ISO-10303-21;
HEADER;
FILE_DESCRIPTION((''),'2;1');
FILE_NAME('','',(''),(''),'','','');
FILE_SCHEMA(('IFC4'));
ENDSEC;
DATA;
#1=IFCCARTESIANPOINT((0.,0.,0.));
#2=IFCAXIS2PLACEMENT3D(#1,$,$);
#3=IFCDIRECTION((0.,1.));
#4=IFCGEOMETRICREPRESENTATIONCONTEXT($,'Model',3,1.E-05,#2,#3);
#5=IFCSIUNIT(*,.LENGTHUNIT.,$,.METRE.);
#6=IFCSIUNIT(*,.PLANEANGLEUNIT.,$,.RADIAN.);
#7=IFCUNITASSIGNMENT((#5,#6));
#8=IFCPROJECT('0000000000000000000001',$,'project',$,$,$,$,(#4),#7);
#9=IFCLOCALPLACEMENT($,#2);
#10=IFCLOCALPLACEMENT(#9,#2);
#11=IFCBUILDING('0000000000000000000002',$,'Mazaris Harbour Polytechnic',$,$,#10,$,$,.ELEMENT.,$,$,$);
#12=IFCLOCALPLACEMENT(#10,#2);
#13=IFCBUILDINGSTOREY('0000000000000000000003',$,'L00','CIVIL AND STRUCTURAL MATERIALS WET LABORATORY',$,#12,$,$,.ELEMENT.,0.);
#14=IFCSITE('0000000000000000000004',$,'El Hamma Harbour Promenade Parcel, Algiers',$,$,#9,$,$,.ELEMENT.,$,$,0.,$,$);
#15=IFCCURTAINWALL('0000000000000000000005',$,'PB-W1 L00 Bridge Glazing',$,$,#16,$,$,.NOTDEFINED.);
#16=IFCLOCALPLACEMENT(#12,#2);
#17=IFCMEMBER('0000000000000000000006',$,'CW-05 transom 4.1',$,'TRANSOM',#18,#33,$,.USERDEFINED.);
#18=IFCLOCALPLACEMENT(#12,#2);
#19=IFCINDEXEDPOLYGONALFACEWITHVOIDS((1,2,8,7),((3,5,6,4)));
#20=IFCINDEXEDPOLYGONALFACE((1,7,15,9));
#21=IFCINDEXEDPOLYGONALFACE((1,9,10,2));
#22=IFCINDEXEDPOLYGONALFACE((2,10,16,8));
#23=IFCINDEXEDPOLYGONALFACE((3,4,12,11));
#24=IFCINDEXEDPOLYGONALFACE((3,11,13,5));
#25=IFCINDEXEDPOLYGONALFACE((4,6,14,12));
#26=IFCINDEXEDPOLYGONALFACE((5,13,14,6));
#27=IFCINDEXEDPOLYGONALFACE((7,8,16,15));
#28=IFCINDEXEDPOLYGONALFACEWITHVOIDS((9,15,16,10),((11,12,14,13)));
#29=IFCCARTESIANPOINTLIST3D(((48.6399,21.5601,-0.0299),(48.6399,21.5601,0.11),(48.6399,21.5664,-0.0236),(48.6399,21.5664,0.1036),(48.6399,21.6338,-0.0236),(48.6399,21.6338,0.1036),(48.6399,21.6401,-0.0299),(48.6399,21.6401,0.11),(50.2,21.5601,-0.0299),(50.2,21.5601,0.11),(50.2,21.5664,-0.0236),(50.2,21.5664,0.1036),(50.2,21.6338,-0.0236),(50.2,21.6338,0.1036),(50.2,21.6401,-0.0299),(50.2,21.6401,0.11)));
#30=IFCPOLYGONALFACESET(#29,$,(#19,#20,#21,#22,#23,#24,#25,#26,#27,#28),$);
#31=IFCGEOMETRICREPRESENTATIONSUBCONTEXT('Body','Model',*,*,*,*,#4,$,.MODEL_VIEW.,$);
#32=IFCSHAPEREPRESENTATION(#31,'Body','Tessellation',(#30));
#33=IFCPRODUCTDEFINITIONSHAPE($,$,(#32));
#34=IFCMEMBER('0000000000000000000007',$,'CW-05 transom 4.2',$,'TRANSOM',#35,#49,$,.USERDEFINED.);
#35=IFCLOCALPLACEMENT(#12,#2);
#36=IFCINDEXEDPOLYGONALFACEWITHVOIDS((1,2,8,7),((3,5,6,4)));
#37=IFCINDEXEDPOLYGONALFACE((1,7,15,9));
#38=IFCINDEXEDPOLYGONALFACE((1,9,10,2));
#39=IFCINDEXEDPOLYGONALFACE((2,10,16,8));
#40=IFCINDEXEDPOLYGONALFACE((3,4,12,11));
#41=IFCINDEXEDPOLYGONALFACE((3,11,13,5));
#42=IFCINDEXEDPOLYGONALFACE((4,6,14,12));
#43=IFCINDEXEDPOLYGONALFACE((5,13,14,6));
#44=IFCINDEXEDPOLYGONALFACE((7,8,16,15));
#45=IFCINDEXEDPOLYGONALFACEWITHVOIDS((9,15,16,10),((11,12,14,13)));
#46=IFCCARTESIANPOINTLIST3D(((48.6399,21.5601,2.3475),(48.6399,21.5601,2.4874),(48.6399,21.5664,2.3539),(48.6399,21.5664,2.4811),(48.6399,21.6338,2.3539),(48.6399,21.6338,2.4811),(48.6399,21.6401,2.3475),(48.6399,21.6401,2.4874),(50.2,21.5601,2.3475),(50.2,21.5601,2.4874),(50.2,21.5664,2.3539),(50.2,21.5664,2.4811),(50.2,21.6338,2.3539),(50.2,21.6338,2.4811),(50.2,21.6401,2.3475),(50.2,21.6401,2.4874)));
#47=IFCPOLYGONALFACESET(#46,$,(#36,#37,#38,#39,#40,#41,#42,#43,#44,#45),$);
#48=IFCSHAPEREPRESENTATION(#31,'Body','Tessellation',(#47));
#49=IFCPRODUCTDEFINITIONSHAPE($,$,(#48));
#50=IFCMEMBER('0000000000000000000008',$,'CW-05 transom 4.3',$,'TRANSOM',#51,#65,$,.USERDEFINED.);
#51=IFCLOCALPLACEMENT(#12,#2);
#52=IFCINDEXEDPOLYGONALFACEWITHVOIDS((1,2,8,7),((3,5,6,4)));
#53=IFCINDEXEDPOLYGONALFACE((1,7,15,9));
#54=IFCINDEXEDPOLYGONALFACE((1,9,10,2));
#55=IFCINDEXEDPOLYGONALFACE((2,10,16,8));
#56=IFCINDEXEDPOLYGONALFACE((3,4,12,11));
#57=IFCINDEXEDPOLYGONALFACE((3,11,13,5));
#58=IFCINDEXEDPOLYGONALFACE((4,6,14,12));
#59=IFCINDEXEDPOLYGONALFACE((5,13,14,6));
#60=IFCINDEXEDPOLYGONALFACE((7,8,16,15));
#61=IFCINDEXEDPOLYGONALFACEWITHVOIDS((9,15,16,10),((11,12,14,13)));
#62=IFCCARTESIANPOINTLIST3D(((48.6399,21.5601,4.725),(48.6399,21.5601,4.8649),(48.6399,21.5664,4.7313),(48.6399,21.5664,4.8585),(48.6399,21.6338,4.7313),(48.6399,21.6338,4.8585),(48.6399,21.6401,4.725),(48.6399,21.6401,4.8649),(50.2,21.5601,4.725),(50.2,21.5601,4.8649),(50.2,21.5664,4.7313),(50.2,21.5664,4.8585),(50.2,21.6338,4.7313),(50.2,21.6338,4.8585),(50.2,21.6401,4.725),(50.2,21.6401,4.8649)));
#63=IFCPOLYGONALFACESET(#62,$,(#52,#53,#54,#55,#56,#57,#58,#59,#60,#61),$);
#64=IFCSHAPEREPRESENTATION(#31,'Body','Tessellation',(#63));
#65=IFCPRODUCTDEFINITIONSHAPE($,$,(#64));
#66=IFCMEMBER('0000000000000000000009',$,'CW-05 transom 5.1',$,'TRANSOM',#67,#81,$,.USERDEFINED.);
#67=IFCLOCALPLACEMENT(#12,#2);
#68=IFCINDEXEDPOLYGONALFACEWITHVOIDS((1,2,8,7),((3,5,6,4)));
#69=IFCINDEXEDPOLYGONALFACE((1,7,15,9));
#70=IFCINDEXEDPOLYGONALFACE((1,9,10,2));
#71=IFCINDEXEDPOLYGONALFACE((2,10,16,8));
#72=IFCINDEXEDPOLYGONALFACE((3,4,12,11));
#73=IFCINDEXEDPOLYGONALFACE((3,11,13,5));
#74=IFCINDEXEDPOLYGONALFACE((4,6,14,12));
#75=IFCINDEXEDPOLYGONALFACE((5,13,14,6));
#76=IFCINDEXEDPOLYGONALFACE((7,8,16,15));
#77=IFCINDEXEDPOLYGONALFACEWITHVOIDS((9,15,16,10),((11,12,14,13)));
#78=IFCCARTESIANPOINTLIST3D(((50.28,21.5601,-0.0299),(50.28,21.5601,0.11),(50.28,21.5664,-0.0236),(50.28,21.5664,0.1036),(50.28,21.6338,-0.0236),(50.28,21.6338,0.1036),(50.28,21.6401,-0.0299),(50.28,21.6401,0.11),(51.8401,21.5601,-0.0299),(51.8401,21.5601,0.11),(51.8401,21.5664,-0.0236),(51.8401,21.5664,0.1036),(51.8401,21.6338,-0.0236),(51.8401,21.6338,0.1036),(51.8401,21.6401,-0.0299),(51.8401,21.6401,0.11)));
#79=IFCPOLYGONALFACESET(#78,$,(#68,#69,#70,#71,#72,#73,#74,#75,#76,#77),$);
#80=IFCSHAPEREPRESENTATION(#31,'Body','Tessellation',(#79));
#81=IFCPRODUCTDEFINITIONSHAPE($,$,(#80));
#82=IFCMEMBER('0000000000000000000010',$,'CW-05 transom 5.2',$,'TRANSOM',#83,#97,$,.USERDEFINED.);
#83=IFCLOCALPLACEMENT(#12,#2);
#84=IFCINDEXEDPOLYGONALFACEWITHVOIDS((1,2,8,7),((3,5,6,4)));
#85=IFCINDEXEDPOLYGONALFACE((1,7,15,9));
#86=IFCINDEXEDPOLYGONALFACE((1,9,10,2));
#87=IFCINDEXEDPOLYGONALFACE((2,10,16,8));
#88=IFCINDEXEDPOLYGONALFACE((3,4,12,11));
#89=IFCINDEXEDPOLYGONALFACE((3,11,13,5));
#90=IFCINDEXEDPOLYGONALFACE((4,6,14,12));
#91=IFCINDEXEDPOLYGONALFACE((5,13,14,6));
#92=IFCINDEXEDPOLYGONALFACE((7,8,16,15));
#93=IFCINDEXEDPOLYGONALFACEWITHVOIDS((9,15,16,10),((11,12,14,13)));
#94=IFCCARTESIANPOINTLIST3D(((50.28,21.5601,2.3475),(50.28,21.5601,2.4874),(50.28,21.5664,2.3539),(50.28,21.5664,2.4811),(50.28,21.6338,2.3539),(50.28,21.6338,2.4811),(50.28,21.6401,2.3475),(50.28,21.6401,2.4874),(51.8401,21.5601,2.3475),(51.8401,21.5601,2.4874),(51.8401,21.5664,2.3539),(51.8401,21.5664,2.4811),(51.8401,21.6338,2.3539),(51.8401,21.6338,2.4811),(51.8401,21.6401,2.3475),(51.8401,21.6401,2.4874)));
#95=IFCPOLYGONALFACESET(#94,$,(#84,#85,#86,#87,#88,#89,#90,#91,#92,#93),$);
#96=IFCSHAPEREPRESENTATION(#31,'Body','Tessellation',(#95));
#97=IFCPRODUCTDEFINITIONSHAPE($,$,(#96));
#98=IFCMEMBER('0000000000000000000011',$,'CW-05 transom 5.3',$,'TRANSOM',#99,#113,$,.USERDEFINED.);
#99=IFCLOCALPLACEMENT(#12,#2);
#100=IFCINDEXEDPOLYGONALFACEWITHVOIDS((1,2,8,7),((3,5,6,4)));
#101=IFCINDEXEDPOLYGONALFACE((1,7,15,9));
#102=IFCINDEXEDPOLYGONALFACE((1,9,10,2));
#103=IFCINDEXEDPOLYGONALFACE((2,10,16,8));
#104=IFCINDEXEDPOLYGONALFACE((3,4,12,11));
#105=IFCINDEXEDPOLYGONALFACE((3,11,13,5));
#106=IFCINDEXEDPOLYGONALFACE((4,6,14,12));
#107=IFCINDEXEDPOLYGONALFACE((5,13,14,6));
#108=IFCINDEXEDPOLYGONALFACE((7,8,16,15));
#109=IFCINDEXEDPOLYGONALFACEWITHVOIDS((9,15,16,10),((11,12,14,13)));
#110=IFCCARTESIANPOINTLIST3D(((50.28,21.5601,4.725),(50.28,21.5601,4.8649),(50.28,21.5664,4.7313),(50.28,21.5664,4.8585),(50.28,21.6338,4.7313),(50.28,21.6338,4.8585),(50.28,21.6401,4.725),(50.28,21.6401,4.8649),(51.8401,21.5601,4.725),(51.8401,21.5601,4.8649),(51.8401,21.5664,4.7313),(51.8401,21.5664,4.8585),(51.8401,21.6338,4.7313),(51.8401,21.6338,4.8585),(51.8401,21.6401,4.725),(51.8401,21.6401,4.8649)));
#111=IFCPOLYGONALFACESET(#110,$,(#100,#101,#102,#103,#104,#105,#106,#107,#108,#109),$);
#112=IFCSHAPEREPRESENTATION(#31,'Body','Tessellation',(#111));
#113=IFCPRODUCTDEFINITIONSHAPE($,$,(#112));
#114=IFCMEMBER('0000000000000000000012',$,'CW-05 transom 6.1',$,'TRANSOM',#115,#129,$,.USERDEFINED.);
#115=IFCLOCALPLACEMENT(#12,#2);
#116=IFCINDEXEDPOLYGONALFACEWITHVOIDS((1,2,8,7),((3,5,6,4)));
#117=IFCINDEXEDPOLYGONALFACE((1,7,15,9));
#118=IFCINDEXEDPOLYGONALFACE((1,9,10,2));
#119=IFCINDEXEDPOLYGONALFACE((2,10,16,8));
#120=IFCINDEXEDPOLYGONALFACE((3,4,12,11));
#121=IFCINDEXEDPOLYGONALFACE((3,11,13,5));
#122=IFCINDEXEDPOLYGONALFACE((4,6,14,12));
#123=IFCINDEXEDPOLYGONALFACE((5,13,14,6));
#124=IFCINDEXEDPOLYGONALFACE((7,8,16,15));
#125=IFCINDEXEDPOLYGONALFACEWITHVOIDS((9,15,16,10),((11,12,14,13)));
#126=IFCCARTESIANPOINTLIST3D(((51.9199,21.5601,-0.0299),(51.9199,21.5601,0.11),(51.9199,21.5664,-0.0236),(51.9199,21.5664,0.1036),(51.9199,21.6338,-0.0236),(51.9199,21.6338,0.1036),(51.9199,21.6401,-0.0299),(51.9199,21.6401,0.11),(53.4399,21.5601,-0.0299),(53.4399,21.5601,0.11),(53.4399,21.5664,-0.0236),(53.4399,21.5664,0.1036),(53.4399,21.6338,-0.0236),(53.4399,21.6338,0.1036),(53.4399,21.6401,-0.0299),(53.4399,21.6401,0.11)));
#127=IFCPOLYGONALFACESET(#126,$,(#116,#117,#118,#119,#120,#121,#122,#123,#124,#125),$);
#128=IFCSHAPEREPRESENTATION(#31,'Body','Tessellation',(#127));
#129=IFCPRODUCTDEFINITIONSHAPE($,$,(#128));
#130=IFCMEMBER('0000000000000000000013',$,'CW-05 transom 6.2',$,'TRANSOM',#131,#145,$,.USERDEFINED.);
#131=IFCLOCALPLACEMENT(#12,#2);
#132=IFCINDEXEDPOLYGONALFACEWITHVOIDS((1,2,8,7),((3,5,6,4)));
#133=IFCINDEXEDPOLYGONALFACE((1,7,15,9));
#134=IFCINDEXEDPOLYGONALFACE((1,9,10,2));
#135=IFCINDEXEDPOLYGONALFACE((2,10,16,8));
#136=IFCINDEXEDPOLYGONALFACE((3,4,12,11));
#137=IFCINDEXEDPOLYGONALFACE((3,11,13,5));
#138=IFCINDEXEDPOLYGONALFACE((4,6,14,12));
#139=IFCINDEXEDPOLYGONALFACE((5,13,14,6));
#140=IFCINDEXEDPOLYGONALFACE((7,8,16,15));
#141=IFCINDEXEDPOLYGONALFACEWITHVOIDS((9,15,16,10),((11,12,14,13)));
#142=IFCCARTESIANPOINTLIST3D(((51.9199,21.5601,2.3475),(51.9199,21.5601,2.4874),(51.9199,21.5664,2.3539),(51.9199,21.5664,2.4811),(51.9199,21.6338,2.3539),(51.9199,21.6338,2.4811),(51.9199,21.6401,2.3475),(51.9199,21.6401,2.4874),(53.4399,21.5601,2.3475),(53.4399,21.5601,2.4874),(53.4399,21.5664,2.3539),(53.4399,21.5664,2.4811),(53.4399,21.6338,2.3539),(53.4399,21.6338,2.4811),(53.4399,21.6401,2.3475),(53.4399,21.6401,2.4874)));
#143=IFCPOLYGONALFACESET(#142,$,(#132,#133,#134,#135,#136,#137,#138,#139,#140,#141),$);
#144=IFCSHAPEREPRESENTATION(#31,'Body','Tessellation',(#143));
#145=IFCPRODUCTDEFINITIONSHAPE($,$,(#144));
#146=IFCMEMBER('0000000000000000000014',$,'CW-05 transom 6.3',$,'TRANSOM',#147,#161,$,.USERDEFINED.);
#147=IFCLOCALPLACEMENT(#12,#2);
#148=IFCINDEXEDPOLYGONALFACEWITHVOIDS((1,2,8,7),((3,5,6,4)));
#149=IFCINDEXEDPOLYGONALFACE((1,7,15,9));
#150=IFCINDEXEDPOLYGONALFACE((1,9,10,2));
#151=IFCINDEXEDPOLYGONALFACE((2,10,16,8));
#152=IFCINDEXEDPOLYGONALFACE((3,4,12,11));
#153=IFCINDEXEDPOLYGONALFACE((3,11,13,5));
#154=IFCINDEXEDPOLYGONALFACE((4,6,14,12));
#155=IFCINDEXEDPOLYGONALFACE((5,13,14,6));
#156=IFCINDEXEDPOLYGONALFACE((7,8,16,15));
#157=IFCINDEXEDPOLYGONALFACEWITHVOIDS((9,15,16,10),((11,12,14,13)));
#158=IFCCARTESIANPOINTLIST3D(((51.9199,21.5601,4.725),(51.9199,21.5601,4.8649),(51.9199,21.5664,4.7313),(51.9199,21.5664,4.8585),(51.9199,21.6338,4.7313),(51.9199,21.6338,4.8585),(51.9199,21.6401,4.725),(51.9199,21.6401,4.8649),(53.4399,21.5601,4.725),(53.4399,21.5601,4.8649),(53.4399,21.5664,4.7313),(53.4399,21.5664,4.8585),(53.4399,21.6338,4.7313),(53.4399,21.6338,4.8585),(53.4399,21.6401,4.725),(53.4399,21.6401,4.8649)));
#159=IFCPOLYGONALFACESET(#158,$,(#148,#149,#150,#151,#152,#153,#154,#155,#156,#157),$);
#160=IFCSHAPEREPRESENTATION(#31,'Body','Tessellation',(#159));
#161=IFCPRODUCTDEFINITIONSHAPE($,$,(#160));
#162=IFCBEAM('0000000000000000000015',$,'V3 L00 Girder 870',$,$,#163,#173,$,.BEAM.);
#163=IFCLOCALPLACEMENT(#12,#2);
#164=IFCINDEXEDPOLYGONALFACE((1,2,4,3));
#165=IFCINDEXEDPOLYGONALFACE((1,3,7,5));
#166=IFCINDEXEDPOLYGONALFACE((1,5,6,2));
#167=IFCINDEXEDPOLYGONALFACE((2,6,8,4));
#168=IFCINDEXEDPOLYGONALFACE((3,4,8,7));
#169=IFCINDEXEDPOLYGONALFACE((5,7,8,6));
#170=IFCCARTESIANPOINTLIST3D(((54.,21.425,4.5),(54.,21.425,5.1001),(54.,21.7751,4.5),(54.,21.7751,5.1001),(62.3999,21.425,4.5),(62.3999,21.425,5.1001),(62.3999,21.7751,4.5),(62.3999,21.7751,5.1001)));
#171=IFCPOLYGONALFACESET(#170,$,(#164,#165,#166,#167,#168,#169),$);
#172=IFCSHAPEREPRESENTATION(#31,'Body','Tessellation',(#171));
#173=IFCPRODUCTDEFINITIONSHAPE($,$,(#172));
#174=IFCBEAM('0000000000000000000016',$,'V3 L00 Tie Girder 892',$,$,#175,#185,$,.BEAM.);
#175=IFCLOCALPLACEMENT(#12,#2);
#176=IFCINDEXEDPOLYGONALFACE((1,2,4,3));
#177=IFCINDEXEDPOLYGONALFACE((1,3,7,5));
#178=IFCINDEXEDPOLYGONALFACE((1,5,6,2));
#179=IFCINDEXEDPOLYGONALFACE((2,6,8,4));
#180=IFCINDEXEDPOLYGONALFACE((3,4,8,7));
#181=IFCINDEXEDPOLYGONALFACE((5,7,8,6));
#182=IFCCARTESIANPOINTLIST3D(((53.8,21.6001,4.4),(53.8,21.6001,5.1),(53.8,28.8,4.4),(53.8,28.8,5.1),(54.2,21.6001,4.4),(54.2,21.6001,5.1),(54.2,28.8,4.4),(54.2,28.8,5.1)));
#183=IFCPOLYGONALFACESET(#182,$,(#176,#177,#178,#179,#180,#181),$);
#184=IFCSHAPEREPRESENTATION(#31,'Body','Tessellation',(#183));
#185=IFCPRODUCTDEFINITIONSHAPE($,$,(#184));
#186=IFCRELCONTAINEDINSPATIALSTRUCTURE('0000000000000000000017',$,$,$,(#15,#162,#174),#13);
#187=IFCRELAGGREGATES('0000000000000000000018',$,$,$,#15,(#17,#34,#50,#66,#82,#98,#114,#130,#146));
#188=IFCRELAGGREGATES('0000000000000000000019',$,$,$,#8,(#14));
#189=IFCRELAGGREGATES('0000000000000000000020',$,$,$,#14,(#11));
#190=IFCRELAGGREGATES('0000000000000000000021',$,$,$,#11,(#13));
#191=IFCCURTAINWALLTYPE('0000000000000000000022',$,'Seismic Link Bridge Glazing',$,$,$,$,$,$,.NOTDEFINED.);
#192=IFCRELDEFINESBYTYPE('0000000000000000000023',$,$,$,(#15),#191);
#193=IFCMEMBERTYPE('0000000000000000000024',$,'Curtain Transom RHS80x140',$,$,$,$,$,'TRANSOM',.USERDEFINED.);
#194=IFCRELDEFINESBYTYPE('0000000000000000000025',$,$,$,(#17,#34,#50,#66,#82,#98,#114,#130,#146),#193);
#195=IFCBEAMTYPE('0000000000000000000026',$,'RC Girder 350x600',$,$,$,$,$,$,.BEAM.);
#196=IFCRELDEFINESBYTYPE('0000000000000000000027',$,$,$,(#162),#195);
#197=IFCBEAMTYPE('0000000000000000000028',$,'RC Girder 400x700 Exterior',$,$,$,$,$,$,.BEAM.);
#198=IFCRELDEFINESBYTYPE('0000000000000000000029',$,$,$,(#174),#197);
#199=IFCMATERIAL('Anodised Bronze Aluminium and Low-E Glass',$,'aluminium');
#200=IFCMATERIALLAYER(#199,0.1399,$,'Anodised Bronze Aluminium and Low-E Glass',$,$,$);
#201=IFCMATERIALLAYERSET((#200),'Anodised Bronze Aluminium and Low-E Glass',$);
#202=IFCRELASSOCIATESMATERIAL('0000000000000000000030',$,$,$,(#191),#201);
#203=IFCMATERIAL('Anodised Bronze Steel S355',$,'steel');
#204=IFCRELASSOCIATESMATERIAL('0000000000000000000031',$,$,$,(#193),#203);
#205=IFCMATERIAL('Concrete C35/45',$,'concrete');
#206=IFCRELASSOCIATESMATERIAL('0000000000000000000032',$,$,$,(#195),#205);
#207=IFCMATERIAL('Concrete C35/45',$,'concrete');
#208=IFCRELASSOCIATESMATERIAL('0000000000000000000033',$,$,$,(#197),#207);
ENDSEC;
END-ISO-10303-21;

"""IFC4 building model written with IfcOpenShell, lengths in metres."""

from ifc_helpers import new_model, si_unit, direction, frame, origin, origin_2d, place, context, subcontext, project, spatial, rectangle, hollow_rectangle, extrude, material, layer, layer_set, material_profile, profile_set, type_object, element, aggregate, save


model = new_model("IFC4")

# Units and contexts
model_context = context("Model", 3, precision=1e-05, world=origin(), true_north=direction((0.0, 1.0)))
body_context = subcontext(model_context, "Body", "Model", "MODEL_VIEW")
ifc_project = project(units=[si_unit("LENGTHUNIT", "METRE"), si_unit("PLANEANGLEUNIT", "RADIAN")], contexts=[model_context])

# Site, building, storey
site_placement = place(None, origin())
site = spatial("IfcSite", under=ifc_project, at=site_placement, Name="El Hamma Harbour Promenade Parcel, Algiers", CompositionType="ELEMENT", RefElevation=0.0)
building_placement = place(site_placement, origin())
building = spatial("IfcBuilding", under=site, at=building_placement, Name="Mazaris Harbour Polytechnic", CompositionType="ELEMENT")
storey_placement = place(building_placement, origin())
storey = spatial("IfcBuildingStorey", under=building, at=storey_placement, Name="L00", Description="CIVIL AND STRUCTURAL MATERIALS WET LABORATORY", CompositionType="ELEMENT", Elevation=0.0)

# Curtain wall, members
ifc_material_1 = material(Name="Anodised Bronze Aluminium and Low-E Glass", Category="aluminium")
ifc_layer_1 = layer(ifc_material_1, 0.1399, Name="Anodised Bronze Aluminium and Low-E Glass")
ifc_layer_set_1 = layer_set([ifc_layer_1], Name="Anodised Bronze Aluminium and Low-E Glass")
curtain_wall_type = type_object("IfcCurtainWallType", Name="Seismic Link Bridge Glazing", PredefinedType="NOTDEFINED", material=ifc_layer_set_1)
curtain_wall_placement = place(storey_placement, origin())
curtain_wall = element("IfcCurtainWall", 1, at=curtain_wall_placement, inside=storey, type_object=curtain_wall_type, Name="PB-W1 L00 Bridge Glazing", PredefinedType="NOTDEFINED")
ifc_material_2 = material(Name="Anodised Bronze Steel S355", Category="steel")
ifc_material_profile_1 = material_profile(ifc_material_2, hollow_rectangle(XDim=0.0801, YDim=0.1399, WallThickness=0.0063, at=origin_2d()), Name="RHS 80x140x6.3")
ifc_profile_set_1 = profile_set([ifc_material_profile_1], Name="Anodised Bronze Steel S355")
member_type_1 = type_object("IfcMemberType", Name="Curtain Transom RHS80x140", ElementType="TRANSOM", PredefinedType="USERDEFINED", material=ifc_profile_set_1)
member_1_placement = place(storey_placement, frame((48.6399, 21.6001, 0.04), z_axis=(1.0, 0.0, 0.0), x_axis=(0.0, 1.0, 0.0)))
member_1 = element("IfcMember", 2, at=member_1_placement, type_object=member_type_1, Name="CW-05 transom 4.1", ObjectType="TRANSOM", PredefinedType="USERDEFINED", context=body_context, shape_type="SweptSolid", body=[
    extrude(hollow_rectangle(XDim=0.0801, YDim=0.1399, WallThickness=0.0063, at=origin_2d()), origin(), (0.0, 0.0, 1.0), 1.5601),
])
member_2_placement = place(storey_placement, frame((48.6399, 21.6001, 2.4175), z_axis=(1.0, 0.0, 0.0), x_axis=(0.0, 1.0, 0.0)))
member_2 = element("IfcMember", 3, at=member_2_placement, type_object=member_type_1, Name="CW-05 transom 4.2", ObjectType="TRANSOM", PredefinedType="USERDEFINED", context=body_context, shape_type="SweptSolid", body=[
    extrude(hollow_rectangle(XDim=0.0801, YDim=0.1399, WallThickness=0.0063, at=origin_2d()), origin(), (0.0, 0.0, 1.0), 1.5601),
])
member_3_placement = place(storey_placement, frame((48.6399, 21.6001, 4.7949), z_axis=(1.0, 0.0, 0.0), x_axis=(0.0, 1.0, 0.0)))
member_3 = element("IfcMember", 4, at=member_3_placement, type_object=member_type_1, Name="CW-05 transom 4.3", ObjectType="TRANSOM", PredefinedType="USERDEFINED", context=body_context, shape_type="SweptSolid", body=[
    extrude(hollow_rectangle(XDim=0.0801, YDim=0.1399, WallThickness=0.0063, at=origin_2d()), origin(), (0.0, 0.0, 1.0), 1.5601),
])
member_4_placement = place(storey_placement, frame((50.28, 21.6001, 0.04), z_axis=(1.0, 0.0, 0.0), x_axis=(0.0, 1.0, 0.0)))
member_4 = element("IfcMember", 5, at=member_4_placement, type_object=member_type_1, Name="CW-05 transom 5.1", ObjectType="TRANSOM", PredefinedType="USERDEFINED", context=body_context, shape_type="SweptSolid", body=[
    extrude(hollow_rectangle(XDim=0.0801, YDim=0.1399, WallThickness=0.0063, at=origin_2d()), origin(), (0.0, 0.0, 1.0), 1.5601),
])
member_5_placement = place(storey_placement, frame((50.28, 21.6001, 2.4175), z_axis=(1.0, 0.0, 0.0), x_axis=(0.0, 1.0, 0.0)))
member_5 = element("IfcMember", 6, at=member_5_placement, type_object=member_type_1, Name="CW-05 transom 5.2", ObjectType="TRANSOM", PredefinedType="USERDEFINED", context=body_context, shape_type="SweptSolid", body=[
    extrude(hollow_rectangle(XDim=0.0801, YDim=0.1399, WallThickness=0.0063, at=origin_2d()), origin(), (0.0, 0.0, 1.0), 1.5601),
])
member_6_placement = place(storey_placement, frame((50.28, 21.6001, 4.7949), z_axis=(1.0, 0.0, 0.0), x_axis=(0.0, 1.0, 0.0)))
member_6 = element("IfcMember", 7, at=member_6_placement, type_object=member_type_1, Name="CW-05 transom 5.3", ObjectType="TRANSOM", PredefinedType="USERDEFINED", context=body_context, shape_type="SweptSolid", body=[
    extrude(hollow_rectangle(XDim=0.0801, YDim=0.1399, WallThickness=0.0063, at=origin_2d()), origin(), (0.0, 0.0, 1.0), 1.5601),
])
member_7_placement = place(storey_placement, frame((51.9199, 21.6001, 0.04), z_axis=(1.0, 0.0, 0.0), x_axis=(0.0, 1.0, 0.0)))
member_7 = element("IfcMember", 8, at=member_7_placement, type_object=member_type_1, Name="CW-05 transom 6.1", ObjectType="TRANSOM", PredefinedType="USERDEFINED", context=body_context, shape_type="SweptSolid", body=[
    extrude(hollow_rectangle(XDim=0.0801, YDim=0.1399, WallThickness=0.0063, at=origin_2d()), origin(), (0.0, 0.0, 1.0), 1.52),
])
member_8_placement = place(storey_placement, frame((51.9199, 21.6001, 2.4175), z_axis=(1.0, 0.0, 0.0), x_axis=(0.0, 1.0, 0.0)))
member_8 = element("IfcMember", 9, at=member_8_placement, type_object=member_type_1, Name="CW-05 transom 6.2", ObjectType="TRANSOM", PredefinedType="USERDEFINED", context=body_context, shape_type="SweptSolid", body=[
    extrude(hollow_rectangle(XDim=0.0801, YDim=0.1399, WallThickness=0.0063, at=origin_2d()), origin(), (0.0, 0.0, 1.0), 1.52),
])
member_9_placement = place(storey_placement, frame((51.9199, 21.6001, 4.7949), z_axis=(1.0, 0.0, 0.0), x_axis=(0.0, 1.0, 0.0)))
member_9 = element("IfcMember", 10, at=member_9_placement, type_object=member_type_1, Name="CW-05 transom 6.3", ObjectType="TRANSOM", PredefinedType="USERDEFINED", context=body_context, shape_type="SweptSolid", body=[
    extrude(hollow_rectangle(XDim=0.0801, YDim=0.1399, WallThickness=0.0063, at=origin_2d()), origin(), (0.0, 0.0, 1.0), 1.52),
])

# Beams
ifc_material_3 = material(Name="Concrete C35/45", Category="concrete")
ifc_material_profile_2 = material_profile(ifc_material_3, rectangle(XDim=0.3501, YDim=0.6001, at=origin_2d()), Name="RECT350x600")
ifc_profile_set_2 = profile_set([ifc_material_profile_2], Name="Concrete C35/45")
beam_type_1 = type_object("IfcBeamType", Name="RC Girder 350x600", PredefinedType="BEAM", material=ifc_profile_set_2)
beam_1_placement = place(storey_placement, frame((54.0, 21.6001, 4.8), z_axis=(1.0, 0.0, 0.0), x_axis=(0.0, 1.0, 0.0)))
element("IfcBeam", 11, at=beam_1_placement, inside=storey, type_object=beam_type_1, Name="V3 L00 Girder 870", PredefinedType="BEAM", context=body_context, shape_type="SweptSolid", body=[
    extrude(rectangle(XDim=0.3501, YDim=0.6001, at=origin_2d()), origin(), (0.0, 0.0, 1.0), 8.3999),
])
ifc_material_4 = material(Name="Concrete C35/45", Category="concrete")
ifc_material_profile_3 = material_profile(ifc_material_4, rectangle(XDim=0.3999, YDim=0.7, at=origin_2d()), Name="RECT400x700")
ifc_profile_set_3 = profile_set([ifc_material_profile_3], Name="Concrete C35/45")
beam_type_2 = type_object("IfcBeamType", Name="RC Girder 400x700 Exterior", PredefinedType="BEAM", material=ifc_profile_set_3)
beam_2_placement = place(storey_placement, frame((54.0, 21.6001, 4.75), z_axis=(0.0, 1.0, 0.0), x_axis=(-1.0, 0.0, 0.0)))
element("IfcBeam", 12, at=beam_2_placement, inside=storey, type_object=beam_type_2, Name="V3 L00 Tie Girder 892", PredefinedType="BEAM", context=body_context, shape_type="SweptSolid", body=[
    extrude(rectangle(XDim=0.3999, YDim=0.7, at=origin_2d()), origin(), (0.0, 0.0, 1.0), 7.2),
])

aggregate(curtain_wall, [member_1, member_2, member_3, member_4, member_5, member_6, member_7, member_8, member_9])

save(model, "model.ifc")
